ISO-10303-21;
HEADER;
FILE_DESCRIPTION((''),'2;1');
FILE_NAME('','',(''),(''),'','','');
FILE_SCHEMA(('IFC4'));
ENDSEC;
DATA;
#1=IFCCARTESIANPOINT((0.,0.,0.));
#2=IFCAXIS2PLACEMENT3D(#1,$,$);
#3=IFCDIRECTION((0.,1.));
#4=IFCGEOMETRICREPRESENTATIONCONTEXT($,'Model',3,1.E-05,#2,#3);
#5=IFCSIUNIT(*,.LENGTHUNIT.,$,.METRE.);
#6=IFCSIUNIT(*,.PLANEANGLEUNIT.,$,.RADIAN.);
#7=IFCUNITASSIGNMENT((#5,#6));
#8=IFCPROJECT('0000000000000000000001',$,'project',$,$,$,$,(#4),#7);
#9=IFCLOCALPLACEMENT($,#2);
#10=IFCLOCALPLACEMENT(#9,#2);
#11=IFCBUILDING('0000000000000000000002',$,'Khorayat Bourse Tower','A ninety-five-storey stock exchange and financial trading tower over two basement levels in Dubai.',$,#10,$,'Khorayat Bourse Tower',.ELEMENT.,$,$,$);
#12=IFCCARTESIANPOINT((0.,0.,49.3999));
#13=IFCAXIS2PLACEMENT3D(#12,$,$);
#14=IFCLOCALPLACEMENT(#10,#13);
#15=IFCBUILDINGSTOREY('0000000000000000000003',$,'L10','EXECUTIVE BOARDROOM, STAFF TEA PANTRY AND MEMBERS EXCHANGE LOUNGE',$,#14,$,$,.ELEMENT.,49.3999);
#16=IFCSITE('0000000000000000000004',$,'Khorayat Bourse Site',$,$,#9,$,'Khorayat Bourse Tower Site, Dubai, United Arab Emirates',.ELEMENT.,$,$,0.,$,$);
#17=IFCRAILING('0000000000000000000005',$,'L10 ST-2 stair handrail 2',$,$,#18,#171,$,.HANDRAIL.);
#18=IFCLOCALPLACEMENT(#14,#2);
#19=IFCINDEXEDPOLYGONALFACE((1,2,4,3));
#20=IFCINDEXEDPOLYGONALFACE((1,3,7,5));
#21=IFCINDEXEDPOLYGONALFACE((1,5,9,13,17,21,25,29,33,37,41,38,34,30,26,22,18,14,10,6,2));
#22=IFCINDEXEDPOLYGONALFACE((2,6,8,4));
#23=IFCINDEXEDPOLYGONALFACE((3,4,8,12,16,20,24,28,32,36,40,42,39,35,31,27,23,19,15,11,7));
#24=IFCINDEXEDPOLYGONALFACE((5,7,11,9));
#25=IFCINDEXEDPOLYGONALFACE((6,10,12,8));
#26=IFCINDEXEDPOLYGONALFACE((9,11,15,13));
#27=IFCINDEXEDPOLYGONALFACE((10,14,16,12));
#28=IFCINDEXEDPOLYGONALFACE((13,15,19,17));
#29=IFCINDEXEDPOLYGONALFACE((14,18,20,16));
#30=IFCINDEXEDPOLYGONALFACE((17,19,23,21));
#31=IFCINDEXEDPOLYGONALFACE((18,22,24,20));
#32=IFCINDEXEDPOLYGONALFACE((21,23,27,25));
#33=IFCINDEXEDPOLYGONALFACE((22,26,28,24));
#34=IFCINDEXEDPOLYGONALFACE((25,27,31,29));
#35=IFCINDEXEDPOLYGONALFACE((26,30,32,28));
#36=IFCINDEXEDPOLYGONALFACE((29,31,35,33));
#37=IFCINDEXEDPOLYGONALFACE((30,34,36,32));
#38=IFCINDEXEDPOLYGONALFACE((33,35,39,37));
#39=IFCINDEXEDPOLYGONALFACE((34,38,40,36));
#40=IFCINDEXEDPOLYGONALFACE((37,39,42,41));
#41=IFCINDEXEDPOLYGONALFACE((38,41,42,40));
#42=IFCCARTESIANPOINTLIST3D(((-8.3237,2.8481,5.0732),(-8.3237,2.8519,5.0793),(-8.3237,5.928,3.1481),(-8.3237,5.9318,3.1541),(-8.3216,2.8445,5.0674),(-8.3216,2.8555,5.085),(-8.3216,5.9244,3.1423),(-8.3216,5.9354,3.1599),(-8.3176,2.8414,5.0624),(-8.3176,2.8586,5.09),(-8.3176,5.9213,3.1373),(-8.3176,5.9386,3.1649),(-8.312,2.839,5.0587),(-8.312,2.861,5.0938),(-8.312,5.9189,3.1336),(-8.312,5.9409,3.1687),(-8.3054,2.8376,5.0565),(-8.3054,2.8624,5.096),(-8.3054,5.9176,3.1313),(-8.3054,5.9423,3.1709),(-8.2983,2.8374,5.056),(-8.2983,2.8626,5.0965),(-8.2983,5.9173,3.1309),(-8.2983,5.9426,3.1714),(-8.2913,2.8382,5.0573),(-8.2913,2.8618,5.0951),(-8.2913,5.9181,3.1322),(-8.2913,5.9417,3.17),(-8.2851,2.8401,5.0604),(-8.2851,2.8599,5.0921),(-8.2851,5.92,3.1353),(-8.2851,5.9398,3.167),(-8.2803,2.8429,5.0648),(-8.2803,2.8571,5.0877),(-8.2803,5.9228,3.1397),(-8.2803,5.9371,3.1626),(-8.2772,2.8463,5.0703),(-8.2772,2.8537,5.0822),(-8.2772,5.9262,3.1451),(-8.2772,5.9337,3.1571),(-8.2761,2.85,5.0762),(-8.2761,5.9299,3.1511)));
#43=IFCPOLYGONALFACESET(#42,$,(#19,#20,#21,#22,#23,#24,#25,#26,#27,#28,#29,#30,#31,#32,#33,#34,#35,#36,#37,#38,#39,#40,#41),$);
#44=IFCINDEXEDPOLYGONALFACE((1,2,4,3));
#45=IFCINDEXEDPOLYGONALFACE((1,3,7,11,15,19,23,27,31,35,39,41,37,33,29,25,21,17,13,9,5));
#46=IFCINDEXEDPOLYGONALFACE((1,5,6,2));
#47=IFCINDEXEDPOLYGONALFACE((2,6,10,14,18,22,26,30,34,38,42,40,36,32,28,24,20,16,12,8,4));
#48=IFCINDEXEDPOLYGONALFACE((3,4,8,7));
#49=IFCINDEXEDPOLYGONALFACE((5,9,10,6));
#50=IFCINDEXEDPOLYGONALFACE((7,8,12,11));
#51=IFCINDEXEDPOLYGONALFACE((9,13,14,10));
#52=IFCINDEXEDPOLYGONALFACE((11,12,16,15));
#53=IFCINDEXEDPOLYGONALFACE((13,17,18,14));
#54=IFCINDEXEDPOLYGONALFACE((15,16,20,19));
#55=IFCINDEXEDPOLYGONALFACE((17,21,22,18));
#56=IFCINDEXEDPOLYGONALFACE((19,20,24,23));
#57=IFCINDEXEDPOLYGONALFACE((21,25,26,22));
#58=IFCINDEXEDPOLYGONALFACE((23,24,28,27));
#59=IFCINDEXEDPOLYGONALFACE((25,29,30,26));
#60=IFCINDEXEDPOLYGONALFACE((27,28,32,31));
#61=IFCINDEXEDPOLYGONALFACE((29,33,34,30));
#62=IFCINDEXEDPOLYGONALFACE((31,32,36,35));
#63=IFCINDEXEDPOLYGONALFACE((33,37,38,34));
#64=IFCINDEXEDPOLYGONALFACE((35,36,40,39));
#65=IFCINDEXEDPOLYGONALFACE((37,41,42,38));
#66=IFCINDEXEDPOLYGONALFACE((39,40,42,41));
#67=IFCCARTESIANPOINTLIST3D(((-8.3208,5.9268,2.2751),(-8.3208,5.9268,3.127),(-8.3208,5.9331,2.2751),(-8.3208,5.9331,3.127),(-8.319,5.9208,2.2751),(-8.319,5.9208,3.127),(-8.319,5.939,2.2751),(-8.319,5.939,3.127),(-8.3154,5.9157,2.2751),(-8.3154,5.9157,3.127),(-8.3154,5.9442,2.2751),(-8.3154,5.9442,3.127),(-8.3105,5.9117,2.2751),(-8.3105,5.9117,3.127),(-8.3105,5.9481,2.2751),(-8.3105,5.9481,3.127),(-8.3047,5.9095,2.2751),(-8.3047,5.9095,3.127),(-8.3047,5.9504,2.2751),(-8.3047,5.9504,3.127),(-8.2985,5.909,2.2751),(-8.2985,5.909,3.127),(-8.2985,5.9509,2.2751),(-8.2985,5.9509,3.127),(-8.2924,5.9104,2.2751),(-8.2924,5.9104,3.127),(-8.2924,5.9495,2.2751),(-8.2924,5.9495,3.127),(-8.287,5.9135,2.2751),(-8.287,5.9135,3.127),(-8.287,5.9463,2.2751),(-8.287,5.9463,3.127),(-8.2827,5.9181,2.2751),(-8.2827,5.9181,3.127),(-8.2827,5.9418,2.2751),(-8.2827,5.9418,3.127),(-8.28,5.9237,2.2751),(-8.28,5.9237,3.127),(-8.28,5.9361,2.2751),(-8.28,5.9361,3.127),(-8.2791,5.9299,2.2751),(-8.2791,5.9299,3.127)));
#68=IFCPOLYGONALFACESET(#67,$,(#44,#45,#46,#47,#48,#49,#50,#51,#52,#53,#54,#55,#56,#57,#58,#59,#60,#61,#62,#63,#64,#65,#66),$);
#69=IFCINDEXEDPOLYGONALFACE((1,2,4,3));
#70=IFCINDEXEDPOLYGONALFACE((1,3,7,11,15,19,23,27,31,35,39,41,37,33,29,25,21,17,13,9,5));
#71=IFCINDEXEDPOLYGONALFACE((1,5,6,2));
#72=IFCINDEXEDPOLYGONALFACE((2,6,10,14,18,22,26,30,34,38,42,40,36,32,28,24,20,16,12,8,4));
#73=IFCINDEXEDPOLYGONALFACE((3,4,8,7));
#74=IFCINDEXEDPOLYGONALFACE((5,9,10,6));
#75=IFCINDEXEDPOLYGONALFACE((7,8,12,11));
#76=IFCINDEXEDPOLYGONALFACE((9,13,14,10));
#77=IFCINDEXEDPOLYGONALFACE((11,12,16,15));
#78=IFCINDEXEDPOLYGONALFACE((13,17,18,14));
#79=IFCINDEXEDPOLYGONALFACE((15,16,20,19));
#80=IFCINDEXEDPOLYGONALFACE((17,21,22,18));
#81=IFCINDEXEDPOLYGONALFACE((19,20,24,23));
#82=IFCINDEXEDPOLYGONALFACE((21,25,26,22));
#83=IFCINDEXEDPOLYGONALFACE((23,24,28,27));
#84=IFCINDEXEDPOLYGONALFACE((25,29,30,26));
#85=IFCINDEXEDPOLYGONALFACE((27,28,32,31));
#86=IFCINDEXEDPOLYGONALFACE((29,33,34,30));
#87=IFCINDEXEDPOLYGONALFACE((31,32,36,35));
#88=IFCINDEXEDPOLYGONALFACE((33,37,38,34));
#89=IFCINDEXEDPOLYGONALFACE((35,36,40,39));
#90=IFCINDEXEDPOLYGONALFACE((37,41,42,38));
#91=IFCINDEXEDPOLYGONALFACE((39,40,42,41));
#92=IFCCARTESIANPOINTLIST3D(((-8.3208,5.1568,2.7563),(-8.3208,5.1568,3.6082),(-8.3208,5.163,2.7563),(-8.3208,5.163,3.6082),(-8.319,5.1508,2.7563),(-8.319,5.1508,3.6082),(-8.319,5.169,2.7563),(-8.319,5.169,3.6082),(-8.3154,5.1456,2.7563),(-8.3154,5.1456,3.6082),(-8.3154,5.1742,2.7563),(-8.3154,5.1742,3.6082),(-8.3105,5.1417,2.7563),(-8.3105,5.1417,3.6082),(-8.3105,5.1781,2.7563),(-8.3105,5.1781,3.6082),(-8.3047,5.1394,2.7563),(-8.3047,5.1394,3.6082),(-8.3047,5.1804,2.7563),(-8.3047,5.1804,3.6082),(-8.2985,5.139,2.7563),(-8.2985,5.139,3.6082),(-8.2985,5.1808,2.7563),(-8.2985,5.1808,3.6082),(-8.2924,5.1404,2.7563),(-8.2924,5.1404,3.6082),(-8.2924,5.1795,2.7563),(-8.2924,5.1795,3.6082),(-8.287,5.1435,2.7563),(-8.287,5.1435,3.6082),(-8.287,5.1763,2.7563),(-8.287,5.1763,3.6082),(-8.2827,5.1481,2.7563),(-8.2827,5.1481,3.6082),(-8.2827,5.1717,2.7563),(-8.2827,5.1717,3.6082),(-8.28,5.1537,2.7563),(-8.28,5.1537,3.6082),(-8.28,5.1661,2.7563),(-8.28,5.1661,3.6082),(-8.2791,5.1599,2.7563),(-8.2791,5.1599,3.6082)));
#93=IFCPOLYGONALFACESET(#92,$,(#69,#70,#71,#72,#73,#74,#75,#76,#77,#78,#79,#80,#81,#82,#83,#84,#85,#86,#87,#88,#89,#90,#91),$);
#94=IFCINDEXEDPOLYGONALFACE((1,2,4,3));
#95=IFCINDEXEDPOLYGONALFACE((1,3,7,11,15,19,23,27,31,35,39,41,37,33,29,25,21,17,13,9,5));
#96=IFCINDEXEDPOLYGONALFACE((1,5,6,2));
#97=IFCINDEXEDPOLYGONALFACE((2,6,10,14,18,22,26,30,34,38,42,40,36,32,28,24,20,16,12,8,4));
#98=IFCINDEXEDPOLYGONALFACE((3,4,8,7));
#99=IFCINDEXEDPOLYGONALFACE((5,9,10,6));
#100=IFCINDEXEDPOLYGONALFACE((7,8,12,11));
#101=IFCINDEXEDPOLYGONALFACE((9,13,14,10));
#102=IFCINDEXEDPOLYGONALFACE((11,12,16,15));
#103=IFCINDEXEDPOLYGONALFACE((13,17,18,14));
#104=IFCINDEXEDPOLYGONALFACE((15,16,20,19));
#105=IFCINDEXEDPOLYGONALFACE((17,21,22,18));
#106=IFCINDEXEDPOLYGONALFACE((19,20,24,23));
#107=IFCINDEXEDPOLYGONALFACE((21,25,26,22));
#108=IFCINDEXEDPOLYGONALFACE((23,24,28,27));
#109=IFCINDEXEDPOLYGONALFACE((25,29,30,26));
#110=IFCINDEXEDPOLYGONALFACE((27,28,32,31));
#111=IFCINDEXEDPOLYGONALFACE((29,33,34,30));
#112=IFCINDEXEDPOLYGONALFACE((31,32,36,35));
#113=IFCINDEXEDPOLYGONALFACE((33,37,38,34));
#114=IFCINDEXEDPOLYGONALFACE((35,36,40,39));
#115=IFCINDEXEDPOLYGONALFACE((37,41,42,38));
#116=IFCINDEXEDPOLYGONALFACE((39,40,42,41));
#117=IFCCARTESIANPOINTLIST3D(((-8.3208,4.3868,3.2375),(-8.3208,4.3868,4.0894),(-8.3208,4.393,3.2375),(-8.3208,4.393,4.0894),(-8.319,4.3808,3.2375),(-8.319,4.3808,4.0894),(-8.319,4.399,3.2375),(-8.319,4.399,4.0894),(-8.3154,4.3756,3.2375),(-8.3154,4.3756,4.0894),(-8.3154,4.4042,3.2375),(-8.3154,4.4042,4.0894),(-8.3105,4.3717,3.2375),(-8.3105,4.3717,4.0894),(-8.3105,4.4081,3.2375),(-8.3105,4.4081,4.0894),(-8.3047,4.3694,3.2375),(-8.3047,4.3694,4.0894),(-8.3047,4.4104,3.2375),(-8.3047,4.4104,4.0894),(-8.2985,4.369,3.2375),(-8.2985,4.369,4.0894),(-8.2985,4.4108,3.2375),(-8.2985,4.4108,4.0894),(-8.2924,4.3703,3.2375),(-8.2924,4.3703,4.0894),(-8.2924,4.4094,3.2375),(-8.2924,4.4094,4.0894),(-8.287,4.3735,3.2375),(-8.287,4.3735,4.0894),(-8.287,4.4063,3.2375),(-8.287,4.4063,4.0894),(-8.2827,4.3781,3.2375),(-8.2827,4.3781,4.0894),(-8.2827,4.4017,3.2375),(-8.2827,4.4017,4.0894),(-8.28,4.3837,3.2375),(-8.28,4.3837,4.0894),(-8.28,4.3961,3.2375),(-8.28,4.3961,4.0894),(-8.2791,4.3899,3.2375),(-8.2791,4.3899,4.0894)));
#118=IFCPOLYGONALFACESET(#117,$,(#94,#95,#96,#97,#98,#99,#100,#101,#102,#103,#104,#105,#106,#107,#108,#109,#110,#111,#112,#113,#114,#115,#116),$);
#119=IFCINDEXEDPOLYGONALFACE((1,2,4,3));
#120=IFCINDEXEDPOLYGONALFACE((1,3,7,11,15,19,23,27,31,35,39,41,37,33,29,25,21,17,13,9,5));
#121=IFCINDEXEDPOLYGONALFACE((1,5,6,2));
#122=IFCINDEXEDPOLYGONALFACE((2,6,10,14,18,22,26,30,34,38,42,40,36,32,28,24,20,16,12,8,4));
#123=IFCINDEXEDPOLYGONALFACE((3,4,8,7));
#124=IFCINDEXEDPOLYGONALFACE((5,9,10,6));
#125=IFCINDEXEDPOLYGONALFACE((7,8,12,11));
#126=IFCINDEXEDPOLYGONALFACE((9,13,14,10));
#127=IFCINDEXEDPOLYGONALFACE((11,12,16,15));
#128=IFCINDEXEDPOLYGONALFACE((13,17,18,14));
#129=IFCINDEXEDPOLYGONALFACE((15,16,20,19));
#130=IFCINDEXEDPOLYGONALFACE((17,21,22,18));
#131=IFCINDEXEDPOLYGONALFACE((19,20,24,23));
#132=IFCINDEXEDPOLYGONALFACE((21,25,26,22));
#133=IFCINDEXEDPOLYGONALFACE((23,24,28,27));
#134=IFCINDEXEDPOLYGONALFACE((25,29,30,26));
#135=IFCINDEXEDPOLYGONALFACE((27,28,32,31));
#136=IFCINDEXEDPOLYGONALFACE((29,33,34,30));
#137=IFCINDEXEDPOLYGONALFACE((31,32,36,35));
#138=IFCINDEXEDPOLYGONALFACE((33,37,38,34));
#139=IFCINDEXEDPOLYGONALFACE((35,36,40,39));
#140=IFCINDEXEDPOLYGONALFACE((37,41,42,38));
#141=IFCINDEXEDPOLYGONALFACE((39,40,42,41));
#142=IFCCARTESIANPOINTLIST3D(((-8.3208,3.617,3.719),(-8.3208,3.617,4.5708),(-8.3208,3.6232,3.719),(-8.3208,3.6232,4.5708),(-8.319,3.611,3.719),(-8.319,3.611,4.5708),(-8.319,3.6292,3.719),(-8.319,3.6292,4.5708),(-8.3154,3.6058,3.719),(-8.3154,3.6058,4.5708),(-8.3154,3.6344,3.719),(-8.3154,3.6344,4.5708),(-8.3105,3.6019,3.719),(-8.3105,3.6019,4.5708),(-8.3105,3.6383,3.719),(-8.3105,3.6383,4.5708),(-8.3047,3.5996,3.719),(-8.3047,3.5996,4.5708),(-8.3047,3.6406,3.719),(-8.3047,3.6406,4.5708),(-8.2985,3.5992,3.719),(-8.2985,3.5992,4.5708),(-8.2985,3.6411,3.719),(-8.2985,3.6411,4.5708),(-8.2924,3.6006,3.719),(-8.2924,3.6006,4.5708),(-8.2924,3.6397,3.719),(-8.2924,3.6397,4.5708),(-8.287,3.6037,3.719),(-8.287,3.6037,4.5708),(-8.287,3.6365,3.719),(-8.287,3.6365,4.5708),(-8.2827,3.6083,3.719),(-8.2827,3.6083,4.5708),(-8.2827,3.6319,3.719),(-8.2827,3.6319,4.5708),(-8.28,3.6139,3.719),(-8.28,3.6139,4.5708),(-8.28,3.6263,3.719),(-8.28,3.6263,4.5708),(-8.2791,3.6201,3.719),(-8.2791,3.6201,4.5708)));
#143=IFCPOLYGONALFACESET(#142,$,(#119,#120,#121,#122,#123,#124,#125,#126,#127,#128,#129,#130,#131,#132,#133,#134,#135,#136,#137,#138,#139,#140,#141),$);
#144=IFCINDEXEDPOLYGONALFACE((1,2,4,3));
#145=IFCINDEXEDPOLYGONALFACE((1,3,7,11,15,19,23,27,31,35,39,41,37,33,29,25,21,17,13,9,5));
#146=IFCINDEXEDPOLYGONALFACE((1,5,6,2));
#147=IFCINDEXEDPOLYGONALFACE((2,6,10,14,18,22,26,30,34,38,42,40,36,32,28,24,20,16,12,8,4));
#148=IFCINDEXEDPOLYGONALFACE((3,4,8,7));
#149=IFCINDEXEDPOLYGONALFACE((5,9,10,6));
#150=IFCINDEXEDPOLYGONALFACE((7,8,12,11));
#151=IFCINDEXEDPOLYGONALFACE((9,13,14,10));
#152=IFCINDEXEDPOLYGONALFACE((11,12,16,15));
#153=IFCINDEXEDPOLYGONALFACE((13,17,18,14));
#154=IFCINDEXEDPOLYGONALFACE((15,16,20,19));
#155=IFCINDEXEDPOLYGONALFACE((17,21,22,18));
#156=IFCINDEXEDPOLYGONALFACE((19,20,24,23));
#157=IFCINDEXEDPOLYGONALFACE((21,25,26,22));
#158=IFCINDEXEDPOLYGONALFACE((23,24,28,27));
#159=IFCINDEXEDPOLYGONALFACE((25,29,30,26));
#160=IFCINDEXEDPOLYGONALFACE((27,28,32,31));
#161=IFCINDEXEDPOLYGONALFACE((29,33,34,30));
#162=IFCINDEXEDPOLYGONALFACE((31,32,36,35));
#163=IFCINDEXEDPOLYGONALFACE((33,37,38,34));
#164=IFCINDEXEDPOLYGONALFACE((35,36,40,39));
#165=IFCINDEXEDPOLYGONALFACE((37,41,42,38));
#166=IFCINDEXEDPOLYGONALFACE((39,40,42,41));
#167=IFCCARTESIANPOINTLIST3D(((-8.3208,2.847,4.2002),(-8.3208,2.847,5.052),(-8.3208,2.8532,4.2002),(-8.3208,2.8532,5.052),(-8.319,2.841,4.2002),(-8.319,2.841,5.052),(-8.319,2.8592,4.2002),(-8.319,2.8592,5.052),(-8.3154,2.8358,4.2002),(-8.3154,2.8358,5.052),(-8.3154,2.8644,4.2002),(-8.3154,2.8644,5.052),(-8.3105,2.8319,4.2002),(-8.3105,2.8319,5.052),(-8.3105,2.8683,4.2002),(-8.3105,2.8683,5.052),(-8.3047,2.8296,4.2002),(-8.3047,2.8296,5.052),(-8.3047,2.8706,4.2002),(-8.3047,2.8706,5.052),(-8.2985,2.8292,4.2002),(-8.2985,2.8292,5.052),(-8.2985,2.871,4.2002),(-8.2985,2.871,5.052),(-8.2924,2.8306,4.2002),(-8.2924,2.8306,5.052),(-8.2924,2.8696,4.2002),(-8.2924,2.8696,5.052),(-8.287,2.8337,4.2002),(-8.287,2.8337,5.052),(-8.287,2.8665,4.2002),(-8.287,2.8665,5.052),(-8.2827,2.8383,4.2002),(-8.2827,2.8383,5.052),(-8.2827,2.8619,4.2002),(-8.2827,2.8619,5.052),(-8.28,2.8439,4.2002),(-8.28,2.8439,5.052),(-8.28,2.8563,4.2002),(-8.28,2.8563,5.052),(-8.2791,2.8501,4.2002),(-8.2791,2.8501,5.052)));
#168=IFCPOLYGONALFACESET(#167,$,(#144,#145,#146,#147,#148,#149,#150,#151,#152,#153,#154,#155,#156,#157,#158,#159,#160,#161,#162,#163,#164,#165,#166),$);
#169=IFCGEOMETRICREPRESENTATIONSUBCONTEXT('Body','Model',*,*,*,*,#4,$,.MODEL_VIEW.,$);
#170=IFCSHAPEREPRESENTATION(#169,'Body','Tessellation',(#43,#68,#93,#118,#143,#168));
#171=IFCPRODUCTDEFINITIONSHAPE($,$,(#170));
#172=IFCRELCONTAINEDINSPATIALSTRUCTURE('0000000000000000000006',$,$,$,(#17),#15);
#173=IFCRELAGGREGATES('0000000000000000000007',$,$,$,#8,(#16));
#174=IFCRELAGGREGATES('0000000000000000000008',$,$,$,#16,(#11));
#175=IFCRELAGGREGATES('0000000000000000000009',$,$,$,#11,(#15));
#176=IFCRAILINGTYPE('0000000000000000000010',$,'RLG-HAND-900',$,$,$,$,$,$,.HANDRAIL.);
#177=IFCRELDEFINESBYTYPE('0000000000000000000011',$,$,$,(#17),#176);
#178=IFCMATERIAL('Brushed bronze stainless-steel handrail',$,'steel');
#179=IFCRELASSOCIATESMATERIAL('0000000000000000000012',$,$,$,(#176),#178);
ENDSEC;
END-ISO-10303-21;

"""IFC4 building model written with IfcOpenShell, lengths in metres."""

from ifc_helpers import new_model, si_unit, direction, frame, origin, origin_2d, place, context, subcontext, project, spatial, circle, extrude, source, transform, mapped, material, type_object, element, save


model = new_model("IFC4")

# Units and contexts
model_context = context("Model", 3, precision=1e-05, world=origin(), true_north=direction((0.0, 1.0)))
body_context = subcontext(model_context, "Body", "Model", "MODEL_VIEW")
ifc_project = project(units=[si_unit("LENGTHUNIT", "METRE"), si_unit("PLANEANGLEUNIT", "RADIAN")], contexts=[model_context])

# Site, building, storey
site_placement = place(None, origin())
site = spatial("IfcSite", under=ifc_project, at=site_placement, Name="Khorayat Bourse Site", LongName="Khorayat Bourse Tower Site, Dubai, United Arab Emirates", CompositionType="ELEMENT", RefElevation=0.0)
building_placement = place(site_placement, origin())
building = spatial("IfcBuilding", under=site, at=building_placement, Name="Khorayat Bourse Tower", Description="A ninety-five-storey stock exchange and financial trading tower over two basement levels in Dubai.", LongName="Khorayat Bourse Tower", CompositionType="ELEMENT")
storey_placement = place(building_placement, frame((0.0, 0.0, 49.3999)))
storey = spatial("IfcBuildingStorey", under=building, at=storey_placement, Name="L10", Description="EXECUTIVE BOARDROOM, STAFF TEA PANTRY AND MEMBERS EXCHANGE LOUNGE", CompositionType="ELEMENT", Elevation=49.3999)

# Railing
ifc_material_1 = material(Name="Brushed bronze stainless-steel handrail", Category="steel")
railing_type_1 = type_object("IfcRailingType", Name="RLG-HAND-900", PredefinedType="HANDRAIL", material=ifc_material_1)
shared_shape_1 = source(origin(), body_context, "Body", "SweptSolid", [
    extrude(circle(Radius=0.0239, at=origin_2d()), frame((0.0, 0.0, 0.876), z_axis=(0.0, -0.847979, 0.530029), x_axis=(1.0, 0.0, 0.0)), (0.0, 0.0, 1.0), 3.6321),
    extrude(circle(Radius=0.021, at=origin_2d()), origin(), (0.0, 0.0, 1.0), 0.8518),
    extrude(circle(Radius=0.021, at=origin_2d()), frame((0.0, -0.77, 0.4812)), (0.0, 0.0, 1.0), 0.8518),
    extrude(circle(Radius=0.021, at=origin_2d()), frame((0.0, -1.54, 0.9624)), (0.0, 0.0, 1.0), 0.8518),
    extrude(circle(Radius=0.021, at=origin_2d()), frame((0.0, -2.3098, 1.4438)), (0.0, 0.0, 1.0), 0.8518),
    extrude(circle(Radius=0.021, at=origin_2d()), frame((0.0, -3.0798, 1.925)), (0.0, 0.0, 1.0), 0.8518),
])
railing_1_placement = place(storey_placement, frame((-8.3, 5.9299, 2.2751)))
element("IfcRailing", 1, at=railing_1_placement, inside=storey, type_object=railing_type_1, Name="L10 ST-2 stair handrail 2", PredefinedType="HANDRAIL", context=body_context, shape_type="MappedRepresentation", body=[
    mapped(shared_shape_1, transform((0.0, 0.0, 0.0), scale=1.0)),
])

save(model, "model.ifc")
